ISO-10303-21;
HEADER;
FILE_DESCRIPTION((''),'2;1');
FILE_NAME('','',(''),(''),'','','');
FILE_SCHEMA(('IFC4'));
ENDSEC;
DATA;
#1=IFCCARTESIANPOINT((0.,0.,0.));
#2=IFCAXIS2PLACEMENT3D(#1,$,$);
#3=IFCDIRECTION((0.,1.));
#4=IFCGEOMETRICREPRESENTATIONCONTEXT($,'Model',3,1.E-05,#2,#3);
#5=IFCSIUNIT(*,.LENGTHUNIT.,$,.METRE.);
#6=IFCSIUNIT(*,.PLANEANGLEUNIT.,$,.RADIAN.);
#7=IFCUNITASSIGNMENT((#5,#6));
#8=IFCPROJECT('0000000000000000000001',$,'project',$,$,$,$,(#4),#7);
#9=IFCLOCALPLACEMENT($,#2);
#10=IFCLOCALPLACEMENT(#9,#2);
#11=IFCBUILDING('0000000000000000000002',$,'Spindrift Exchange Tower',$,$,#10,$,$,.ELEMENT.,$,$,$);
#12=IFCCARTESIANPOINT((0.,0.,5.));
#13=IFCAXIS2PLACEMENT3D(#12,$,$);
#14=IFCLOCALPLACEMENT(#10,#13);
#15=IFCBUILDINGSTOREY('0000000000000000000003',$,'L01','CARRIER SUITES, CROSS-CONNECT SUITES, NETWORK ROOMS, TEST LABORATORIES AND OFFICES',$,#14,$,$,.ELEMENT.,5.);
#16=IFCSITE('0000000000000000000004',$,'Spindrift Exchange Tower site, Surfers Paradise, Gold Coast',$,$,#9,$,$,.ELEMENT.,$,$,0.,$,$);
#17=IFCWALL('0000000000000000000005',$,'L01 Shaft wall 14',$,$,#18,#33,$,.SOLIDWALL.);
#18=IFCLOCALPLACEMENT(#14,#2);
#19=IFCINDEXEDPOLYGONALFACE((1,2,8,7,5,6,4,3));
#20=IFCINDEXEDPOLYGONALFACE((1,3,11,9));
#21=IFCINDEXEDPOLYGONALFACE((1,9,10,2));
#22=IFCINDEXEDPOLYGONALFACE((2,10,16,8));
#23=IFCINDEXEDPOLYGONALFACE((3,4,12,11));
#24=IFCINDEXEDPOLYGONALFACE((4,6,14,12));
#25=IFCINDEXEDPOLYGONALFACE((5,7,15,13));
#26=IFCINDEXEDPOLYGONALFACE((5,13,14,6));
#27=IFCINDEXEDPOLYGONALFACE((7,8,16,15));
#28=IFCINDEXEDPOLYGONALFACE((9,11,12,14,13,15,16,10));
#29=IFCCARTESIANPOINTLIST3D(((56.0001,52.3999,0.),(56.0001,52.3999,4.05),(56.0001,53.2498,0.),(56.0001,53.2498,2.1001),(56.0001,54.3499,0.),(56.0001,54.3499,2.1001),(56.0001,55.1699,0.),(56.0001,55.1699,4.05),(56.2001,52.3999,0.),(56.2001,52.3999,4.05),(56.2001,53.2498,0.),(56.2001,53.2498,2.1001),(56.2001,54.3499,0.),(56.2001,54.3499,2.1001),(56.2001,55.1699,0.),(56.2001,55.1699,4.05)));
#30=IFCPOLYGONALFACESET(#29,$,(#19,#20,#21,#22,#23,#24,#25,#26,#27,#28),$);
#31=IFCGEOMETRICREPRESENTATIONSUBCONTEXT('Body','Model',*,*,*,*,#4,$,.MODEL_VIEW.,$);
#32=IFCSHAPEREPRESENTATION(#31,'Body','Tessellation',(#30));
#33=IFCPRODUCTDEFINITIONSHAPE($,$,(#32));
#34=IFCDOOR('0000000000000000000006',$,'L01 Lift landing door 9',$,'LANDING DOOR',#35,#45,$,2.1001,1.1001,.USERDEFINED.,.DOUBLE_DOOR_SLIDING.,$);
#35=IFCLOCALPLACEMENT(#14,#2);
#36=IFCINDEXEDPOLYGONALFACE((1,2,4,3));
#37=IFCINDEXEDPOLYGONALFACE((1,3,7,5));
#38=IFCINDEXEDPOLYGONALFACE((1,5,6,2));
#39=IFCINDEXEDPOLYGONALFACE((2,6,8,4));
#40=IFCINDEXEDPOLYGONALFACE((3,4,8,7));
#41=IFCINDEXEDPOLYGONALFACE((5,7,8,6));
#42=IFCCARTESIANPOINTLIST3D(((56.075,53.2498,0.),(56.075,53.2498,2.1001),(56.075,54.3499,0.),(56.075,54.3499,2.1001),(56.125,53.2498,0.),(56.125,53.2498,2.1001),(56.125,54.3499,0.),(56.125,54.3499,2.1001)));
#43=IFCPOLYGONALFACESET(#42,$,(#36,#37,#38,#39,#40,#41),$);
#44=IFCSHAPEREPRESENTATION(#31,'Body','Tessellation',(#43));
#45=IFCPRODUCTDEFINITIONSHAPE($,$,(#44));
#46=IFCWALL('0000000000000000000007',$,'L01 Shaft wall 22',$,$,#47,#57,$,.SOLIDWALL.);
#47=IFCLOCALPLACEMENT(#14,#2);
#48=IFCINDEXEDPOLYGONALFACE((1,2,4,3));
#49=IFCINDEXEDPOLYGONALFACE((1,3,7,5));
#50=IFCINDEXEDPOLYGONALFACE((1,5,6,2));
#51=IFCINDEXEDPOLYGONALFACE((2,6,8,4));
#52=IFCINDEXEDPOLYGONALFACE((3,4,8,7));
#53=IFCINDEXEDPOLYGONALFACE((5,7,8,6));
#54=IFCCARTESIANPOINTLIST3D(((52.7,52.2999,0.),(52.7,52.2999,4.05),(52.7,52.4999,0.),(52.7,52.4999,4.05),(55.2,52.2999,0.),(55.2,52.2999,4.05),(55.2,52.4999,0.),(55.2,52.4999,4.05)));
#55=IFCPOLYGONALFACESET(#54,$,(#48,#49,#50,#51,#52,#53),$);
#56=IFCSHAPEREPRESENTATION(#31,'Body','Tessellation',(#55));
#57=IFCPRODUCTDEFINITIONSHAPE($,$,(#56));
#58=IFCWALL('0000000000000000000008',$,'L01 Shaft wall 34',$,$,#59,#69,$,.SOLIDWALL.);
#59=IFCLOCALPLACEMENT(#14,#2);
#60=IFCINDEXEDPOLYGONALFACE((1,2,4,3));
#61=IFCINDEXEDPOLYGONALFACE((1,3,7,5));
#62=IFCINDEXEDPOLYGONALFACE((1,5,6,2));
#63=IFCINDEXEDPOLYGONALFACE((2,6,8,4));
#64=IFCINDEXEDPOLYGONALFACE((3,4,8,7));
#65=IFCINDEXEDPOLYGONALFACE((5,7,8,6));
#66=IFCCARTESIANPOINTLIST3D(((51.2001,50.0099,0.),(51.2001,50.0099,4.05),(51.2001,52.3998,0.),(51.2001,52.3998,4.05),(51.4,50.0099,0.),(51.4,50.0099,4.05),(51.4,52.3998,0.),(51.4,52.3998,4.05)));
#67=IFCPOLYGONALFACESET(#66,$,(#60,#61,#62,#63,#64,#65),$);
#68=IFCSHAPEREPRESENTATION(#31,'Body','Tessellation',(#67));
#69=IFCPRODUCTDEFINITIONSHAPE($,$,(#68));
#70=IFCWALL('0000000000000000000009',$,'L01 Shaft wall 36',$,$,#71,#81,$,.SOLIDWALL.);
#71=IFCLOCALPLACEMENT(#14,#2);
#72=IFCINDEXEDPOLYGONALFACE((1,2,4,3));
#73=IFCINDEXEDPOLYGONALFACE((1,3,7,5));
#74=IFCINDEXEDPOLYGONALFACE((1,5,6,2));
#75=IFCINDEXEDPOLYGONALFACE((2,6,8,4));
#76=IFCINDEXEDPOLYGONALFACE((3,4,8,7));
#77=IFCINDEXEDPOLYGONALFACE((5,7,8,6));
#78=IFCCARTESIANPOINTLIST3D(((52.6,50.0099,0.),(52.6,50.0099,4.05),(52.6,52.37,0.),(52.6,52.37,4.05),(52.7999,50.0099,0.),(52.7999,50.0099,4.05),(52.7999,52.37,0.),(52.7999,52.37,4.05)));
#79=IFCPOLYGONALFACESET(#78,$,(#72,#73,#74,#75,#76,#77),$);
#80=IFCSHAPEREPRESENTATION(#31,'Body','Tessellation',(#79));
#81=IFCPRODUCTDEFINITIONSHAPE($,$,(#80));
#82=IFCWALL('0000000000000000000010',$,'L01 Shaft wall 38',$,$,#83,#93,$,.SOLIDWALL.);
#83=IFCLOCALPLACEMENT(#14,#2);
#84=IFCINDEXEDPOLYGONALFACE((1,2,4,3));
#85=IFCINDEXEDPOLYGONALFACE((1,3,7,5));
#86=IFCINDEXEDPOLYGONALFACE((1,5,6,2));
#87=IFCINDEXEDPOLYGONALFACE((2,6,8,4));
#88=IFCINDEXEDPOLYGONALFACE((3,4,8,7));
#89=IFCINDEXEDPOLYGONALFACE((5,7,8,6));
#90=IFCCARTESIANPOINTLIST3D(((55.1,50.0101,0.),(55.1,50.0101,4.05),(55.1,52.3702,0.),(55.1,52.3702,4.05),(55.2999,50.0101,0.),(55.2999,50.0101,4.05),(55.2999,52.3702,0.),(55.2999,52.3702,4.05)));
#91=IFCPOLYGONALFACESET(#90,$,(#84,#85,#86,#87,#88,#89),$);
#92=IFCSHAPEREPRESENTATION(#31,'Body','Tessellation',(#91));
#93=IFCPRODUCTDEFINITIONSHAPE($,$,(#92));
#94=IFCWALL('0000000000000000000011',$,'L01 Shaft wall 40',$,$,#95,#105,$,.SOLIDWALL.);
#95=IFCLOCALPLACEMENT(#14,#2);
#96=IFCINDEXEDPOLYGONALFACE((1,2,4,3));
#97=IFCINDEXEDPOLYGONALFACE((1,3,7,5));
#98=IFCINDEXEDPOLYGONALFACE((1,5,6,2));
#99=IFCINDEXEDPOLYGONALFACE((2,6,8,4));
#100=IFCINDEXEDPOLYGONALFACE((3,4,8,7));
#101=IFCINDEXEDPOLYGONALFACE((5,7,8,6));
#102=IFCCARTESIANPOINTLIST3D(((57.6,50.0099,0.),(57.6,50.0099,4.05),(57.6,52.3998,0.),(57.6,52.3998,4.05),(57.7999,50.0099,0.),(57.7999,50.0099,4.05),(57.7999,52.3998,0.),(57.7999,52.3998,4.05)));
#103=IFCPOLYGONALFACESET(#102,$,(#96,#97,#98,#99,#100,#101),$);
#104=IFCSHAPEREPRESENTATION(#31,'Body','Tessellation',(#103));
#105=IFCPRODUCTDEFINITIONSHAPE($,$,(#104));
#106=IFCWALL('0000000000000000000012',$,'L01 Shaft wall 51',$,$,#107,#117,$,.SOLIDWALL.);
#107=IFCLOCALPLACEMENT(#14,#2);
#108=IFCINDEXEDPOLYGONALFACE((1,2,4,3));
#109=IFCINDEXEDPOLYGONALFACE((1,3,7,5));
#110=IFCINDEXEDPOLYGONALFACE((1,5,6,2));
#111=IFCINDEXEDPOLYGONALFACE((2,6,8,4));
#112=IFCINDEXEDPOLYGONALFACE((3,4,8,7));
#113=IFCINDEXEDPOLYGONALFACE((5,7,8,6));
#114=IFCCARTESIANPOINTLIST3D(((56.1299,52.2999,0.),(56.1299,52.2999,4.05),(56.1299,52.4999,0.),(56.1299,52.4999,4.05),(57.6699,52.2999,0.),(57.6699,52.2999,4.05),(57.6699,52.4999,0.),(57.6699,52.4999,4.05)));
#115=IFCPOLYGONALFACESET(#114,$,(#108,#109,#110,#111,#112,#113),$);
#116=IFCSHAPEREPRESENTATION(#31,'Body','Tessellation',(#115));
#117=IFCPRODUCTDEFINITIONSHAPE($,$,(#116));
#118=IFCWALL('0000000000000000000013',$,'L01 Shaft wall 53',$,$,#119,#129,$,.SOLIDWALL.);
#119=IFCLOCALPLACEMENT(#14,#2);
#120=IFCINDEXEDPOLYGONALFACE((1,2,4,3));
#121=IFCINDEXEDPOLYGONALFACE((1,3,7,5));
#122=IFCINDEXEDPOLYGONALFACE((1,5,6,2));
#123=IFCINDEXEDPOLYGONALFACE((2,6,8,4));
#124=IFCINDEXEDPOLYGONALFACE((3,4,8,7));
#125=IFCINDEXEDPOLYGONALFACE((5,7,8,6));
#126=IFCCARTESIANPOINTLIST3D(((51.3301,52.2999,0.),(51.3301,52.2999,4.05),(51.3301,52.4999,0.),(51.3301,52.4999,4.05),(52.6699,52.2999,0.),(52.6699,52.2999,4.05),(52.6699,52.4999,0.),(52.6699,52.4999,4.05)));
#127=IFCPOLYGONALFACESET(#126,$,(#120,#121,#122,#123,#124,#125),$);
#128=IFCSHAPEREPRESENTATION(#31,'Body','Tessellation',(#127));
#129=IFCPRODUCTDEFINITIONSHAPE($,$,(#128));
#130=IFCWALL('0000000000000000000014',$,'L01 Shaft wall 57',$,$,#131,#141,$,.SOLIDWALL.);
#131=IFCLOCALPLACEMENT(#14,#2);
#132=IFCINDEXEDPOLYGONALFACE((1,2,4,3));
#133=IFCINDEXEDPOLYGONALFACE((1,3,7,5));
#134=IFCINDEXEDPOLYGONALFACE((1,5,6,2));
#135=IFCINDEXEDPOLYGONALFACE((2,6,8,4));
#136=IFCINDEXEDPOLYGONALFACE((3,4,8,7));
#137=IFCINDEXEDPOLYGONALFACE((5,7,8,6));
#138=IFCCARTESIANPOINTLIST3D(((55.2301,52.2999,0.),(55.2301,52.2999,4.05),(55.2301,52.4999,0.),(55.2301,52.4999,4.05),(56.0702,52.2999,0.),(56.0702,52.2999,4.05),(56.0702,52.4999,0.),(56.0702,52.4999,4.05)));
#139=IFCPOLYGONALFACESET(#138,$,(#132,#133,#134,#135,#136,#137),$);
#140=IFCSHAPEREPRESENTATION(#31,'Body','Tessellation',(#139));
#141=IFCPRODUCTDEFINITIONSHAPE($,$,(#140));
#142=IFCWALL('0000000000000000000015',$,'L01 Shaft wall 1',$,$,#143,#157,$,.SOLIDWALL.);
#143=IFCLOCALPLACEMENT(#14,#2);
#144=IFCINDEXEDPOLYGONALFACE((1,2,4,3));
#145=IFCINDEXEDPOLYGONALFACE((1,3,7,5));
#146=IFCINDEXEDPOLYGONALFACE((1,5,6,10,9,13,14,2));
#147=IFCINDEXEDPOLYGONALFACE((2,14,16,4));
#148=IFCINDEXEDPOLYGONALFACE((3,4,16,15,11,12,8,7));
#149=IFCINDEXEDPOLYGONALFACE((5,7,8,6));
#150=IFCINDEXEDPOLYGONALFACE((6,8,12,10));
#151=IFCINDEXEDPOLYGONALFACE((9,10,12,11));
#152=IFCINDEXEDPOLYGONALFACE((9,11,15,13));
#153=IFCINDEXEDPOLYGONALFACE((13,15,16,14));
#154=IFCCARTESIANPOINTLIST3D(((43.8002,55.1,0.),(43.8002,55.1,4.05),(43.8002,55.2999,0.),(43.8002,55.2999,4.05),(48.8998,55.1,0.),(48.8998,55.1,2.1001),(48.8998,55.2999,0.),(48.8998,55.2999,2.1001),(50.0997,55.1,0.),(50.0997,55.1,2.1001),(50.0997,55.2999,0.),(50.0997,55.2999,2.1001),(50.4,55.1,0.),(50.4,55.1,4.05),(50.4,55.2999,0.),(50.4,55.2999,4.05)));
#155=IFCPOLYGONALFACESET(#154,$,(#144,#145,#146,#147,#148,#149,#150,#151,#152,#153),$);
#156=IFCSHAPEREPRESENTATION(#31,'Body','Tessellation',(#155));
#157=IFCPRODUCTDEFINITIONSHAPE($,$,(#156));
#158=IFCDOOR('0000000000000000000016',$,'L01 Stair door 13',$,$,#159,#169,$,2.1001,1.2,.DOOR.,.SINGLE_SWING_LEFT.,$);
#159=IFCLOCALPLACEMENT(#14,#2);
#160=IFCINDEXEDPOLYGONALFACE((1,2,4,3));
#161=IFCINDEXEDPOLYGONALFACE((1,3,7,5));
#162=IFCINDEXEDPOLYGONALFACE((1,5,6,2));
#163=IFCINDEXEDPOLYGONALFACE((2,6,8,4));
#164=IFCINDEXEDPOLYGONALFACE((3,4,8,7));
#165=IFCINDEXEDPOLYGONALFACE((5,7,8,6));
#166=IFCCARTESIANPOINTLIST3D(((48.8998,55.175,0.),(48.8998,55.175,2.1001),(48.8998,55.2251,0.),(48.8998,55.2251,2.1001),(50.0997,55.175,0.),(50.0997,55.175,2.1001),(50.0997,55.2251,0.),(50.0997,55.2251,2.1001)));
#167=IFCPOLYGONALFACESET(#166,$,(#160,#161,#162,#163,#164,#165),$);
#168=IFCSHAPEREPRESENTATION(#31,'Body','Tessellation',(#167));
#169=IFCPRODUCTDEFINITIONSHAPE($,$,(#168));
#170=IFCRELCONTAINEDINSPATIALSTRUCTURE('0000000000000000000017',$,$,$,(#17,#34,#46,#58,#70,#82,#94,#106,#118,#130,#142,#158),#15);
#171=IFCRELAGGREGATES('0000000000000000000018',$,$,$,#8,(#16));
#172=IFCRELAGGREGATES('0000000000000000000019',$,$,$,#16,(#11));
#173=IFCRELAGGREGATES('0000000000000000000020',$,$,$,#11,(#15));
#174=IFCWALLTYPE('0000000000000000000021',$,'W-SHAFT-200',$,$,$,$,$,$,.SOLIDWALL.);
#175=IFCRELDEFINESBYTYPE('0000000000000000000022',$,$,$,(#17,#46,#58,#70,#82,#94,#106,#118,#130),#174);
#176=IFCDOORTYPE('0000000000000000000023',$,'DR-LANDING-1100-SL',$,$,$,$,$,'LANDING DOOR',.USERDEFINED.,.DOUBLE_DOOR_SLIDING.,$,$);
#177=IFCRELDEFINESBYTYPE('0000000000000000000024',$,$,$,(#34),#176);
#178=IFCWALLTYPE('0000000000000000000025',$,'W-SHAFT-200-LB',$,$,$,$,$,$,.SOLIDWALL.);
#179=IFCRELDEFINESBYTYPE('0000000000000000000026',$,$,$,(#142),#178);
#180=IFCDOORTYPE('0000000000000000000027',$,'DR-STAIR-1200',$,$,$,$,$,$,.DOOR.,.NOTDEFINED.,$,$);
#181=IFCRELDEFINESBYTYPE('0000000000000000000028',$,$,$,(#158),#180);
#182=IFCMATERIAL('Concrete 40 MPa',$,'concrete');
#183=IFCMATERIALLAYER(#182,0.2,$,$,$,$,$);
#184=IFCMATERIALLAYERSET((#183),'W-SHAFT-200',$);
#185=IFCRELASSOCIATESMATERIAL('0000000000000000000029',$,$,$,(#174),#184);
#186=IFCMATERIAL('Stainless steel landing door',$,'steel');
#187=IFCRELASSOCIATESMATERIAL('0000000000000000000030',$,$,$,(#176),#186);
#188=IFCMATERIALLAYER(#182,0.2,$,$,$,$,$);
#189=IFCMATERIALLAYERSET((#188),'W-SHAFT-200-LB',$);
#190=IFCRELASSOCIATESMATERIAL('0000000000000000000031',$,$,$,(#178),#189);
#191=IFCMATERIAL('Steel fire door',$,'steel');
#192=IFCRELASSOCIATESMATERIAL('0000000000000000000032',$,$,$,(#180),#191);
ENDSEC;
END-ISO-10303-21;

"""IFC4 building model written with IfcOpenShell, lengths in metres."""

from ifc_helpers import new_model, si_unit, direction, frame, frame_2d, origin, place, context, subcontext, project, spatial, rectangle, extrude, source, transform, mapped, material, layer, layer_set, type_object, element, fill, save


model = new_model("IFC4")

# Units and contexts
model_context = context("Model", 3, precision=1e-05, world=origin(), true_north=direction((0.0, 1.0)))
body_context = subcontext(model_context, "Body", "Model", "MODEL_VIEW")
ifc_project = project(units=[si_unit("LENGTHUNIT", "METRE"), si_unit("PLANEANGLEUNIT", "RADIAN")], contexts=[model_context])

# Site, building, storey
site_placement = place(None, origin())
site = spatial("IfcSite", under=ifc_project, at=site_placement, Name="Spindrift Exchange Tower site, Surfers Paradise, Gold Coast", CompositionType="ELEMENT", RefElevation=0.0)
building_placement = place(site_placement, origin())
building = spatial("IfcBuilding", under=site, at=building_placement, Name="Spindrift Exchange Tower", CompositionType="ELEMENT")
storey_placement = place(building_placement, frame((0.0, 0.0, 5.0)))
storey = spatial("IfcBuildingStorey", under=building, at=storey_placement, Name="L01", Description="CARRIER SUITES, CROSS-CONNECT SUITES, NETWORK ROOMS, TEST LABORATORIES AND OFFICES", CompositionType="ELEMENT", Elevation=5.0)

# Wall, opening, door
ifc_material_1 = material(Name="Concrete 40 MPa", Category="concrete")
ifc_layer_1 = layer(ifc_material_1, 0.2)
ifc_layer_set_1 = layer_set([ifc_layer_1], Name="W-SHAFT-200")
wall_type_1 = type_object("IfcWallType", Name="W-SHAFT-200", PredefinedType="SOLIDWALL", material=ifc_layer_set_1)
wall_1_placement = place(storey_placement, frame((56.1001, 55.1699, 0.0), z_axis=(0.0, 0.0, 1.0), x_axis=(0.0, -1.0, 0.0)))
wall_1 = element("IfcWall", 1, at=wall_1_placement, inside=storey, type_object=wall_type_1, Name="L01 Shaft wall 14", PredefinedType="SOLIDWALL", context=body_context, shape_type="SweptSolid", body=[
    extrude(rectangle(XDim=2.77, YDim=0.2, at=frame_2d((1.385, 0.0))), origin(), (0.0, 0.0, 1.0), 4.05),
])
opening_1_placement = place(wall_1_placement, frame((0.8201, 0.0, 0.0)))
opening_1 = element("IfcOpeningElement", 2, at=opening_1_placement, cuts=wall_1, PredefinedType="OPENING", context=body_context, shape_type="SweptSolid", body=[
    extrude(rectangle(XDim=1.1001, YDim=2.1001, at=frame_2d((0.55, 1.05))), frame((0.0, 0.1099, 0.0), z_axis=(0.0, -1.0, 0.0), x_axis=(1.0, 0.0, 0.0)), (0.0, 0.0, 1.0), 0.22),
])
ifc_material_2 = material(Name="Stainless steel landing door", Category="steel")
door_type_1 = type_object("IfcDoorType", Name="DR-LANDING-1100-SL", ElementType="LANDING DOOR", OperationType="DOUBLE_DOOR_SLIDING", PredefinedType="USERDEFINED", material=ifc_material_2)
shared_shape_1 = source(origin(), body_context, "Body", "SweptSolid", [
    extrude(rectangle(XDim=1.1001, YDim=2.1001, at=frame_2d((0.55, 1.05))), frame((0.0, 0.0249, 0.0), z_axis=(0.0, -1.0, 0.0), x_axis=(1.0, 0.0, 0.0)), (0.0, 0.0, 1.0), 0.05),
])
door_1_placement = place(opening_1_placement, origin())
door_1 = element("IfcDoor", 3, at=door_1_placement, inside=storey, type_object=door_type_1, Name="L01 Lift landing door 9", ObjectType="LANDING DOOR", OperationType="DOUBLE_DOOR_SLIDING", OverallHeight=2.1001, OverallWidth=1.1001, PredefinedType="USERDEFINED", context=body_context, shape_type="MappedRepresentation", body=[
    mapped(shared_shape_1, transform((0.0, 0.0, 0.0), scale=1.0)),
])
fill(opening_1, door_1)

# Walls
wall_2_placement = place(storey_placement, frame((55.2, 52.3999, 0.0), z_axis=(0.0, 0.0, 1.0), x_axis=(-1.0, 0.0, 0.0)))
element("IfcWall", 4, at=wall_2_placement, inside=storey, type_object=wall_type_1, Name="L01 Shaft wall 22", PredefinedType="SOLIDWALL", context=body_context, shape_type="SweptSolid", body=[
    extrude(rectangle(XDim=2.5, YDim=0.2, at=frame_2d((1.25, 0.0))), origin(), (0.0, 0.0, 1.0), 4.05),
])
wall_3_placement = place(storey_placement, frame((51.3, 50.01, 0.0), z_axis=(0.0, 0.0, 1.0), x_axis=(0.0, 1.0, 0.0)))
element("IfcWall", 5, at=wall_3_placement, inside=storey, type_object=wall_type_1, Name="L01 Shaft wall 34", PredefinedType="SOLIDWALL", context=body_context, shape_type="SweptSolid", body=[
    extrude(rectangle(XDim=2.3899, YDim=0.2, at=frame_2d((1.1948, 0.0))), origin(), (0.0, 0.0, 1.0), 4.05),
])
for number, where, z_axis, x_axis, name in (
    (6, (52.7, 52.3701, 0.0), (0.0, 0.0, 1.0), (0.0, -1.0, 0.0), "L01 Shaft wall 36"),
    (7, (55.2, 50.01, 0.0), (0.0, 0.0, 1.0), (0.0, 1.0, 0.0), "L01 Shaft wall 38"),
):
    element("IfcWall", number, at=place(storey_placement, frame(where, z_axis=z_axis, x_axis=x_axis)), inside=storey, type_object=wall_type_1, Name=name, PredefinedType="SOLIDWALL", context=body_context, shape_type="SweptSolid", body=[
        extrude(rectangle(XDim=2.3601, YDim=0.2, at=frame_2d((1.1802, 0.0))), origin(), (0.0, 0.0, 1.0), 4.05),
    ])
wall_4_placement = place(storey_placement, frame((57.7, 50.01, 0.0), z_axis=(0.0, 0.0, 1.0), x_axis=(0.0, 1.0, 0.0)))
element("IfcWall", 8, at=wall_4_placement, inside=storey, type_object=wall_type_1, Name="L01 Shaft wall 40", PredefinedType="SOLIDWALL", context=body_context, shape_type="SweptSolid", body=[
    extrude(rectangle(XDim=2.3899, YDim=0.2, at=frame_2d((1.1948, 0.0))), origin(), (0.0, 0.0, 1.0), 4.05),
])
wall_5_placement = place(storey_placement, frame((57.6699, 52.3999, 0.0), z_axis=(0.0, 0.0, 1.0), x_axis=(-1.0, 0.0, 0.0)))
element("IfcWall", 9, at=wall_5_placement, inside=storey, type_object=wall_type_1, Name="L01 Shaft wall 51", PredefinedType="SOLIDWALL", context=body_context, shape_type="SweptSolid", body=[
    extrude(rectangle(XDim=1.54, YDim=0.2, at=frame_2d((0.77, 0.0))), origin(), (0.0, 0.0, 1.0), 4.05),
])
wall_6_placement = place(storey_placement, frame((51.3301, 52.3999, 0.0), z_axis=(0.0, 0.0, 1.0), x_axis=(1.0, 0.0, 0.0)))
element("IfcWall", 10, at=wall_6_placement, inside=storey, type_object=wall_type_1, Name="L01 Shaft wall 53", PredefinedType="SOLIDWALL", context=body_context, shape_type="SweptSolid", body=[
    extrude(rectangle(XDim=1.3398, YDim=0.2, at=frame_2d((0.6699, 0.0))), origin(), (0.0, 0.0, 1.0), 4.05),
])
wall_7_placement = place(storey_placement, frame((56.0701, 52.3999, 0.0), z_axis=(0.0, 0.0, 1.0), x_axis=(-1.0, 0.0, 0.0)))
element("IfcWall", 11, at=wall_7_placement, inside=storey, type_object=wall_type_1, Name="L01 Shaft wall 57", PredefinedType="SOLIDWALL", context=body_context, shape_type="SweptSolid", body=[
    extrude(rectangle(XDim=0.8401, YDim=0.2, at=frame_2d((0.4199, 0.0))), origin(), (0.0, 0.0, 1.0), 4.05),
])

# Wall, opening, door
ifc_layer_2 = layer(ifc_material_1, 0.2)
ifc_layer_set_2 = layer_set([ifc_layer_2], Name="W-SHAFT-200-LB")
wall_type_2 = type_object("IfcWallType", Name="W-SHAFT-200-LB", PredefinedType="SOLIDWALL", material=ifc_layer_set_2)
wall_8_placement = place(storey_placement, frame((50.3999, 55.2, 0.0), z_axis=(0.0, 0.0, 1.0), x_axis=(-1.0, 0.0, 0.0)))
wall_8 = element("IfcWall", 12, at=wall_8_placement, inside=storey, type_object=wall_type_2, Name="L01 Shaft wall 1", PredefinedType="SOLIDWALL", context=body_context, shape_type="SweptSolid", body=[
    extrude(rectangle(XDim=6.5999, YDim=0.2, at=frame_2d((3.2998, 0.0))), origin(), (0.0, 0.0, 1.0), 4.05),
])
opening_2_placement = place(wall_8_placement, frame((0.3, 0.0, 0.0)))
opening_2 = element("IfcOpeningElement", 13, at=opening_2_placement, cuts=wall_8, PredefinedType="OPENING", context=body_context, shape_type="SweptSolid", body=[
    extrude(rectangle(XDim=1.2, YDim=2.1001, at=frame_2d((0.6001, 1.05))), frame((0.0, 0.1099, 0.0), z_axis=(0.0, -1.0, 0.0), x_axis=(1.0, 0.0, 0.0)), (0.0, 0.0, 1.0), 0.22),
])
ifc_material_3 = material(Name="Steel fire door", Category="steel")
door_type_2 = type_object("IfcDoorType", Name="DR-STAIR-1200", OperationType="NOTDEFINED", PredefinedType="DOOR", material=ifc_material_3)
shared_shape_2 = source(origin(), body_context, "Body", "SweptSolid", [
    extrude(rectangle(XDim=1.2, YDim=2.1001, at=frame_2d((0.6001, 1.05))), frame((0.0, 0.0249, 0.0), z_axis=(0.0, -1.0, 0.0), x_axis=(1.0, 0.0, 0.0)), (0.0, 0.0, 1.0), 0.05),
])
door_2_placement = place(opening_2_placement, origin())
door_2 = element("IfcDoor", 14, at=door_2_placement, inside=storey, type_object=door_type_2, Name="L01 Stair door 13", OperationType="SINGLE_SWING_LEFT", OverallHeight=2.1001, OverallWidth=1.2, PredefinedType="DOOR", context=body_context, shape_type="MappedRepresentation", body=[
    mapped(shared_shape_2, transform((0.0, 0.0, 0.0), scale=1.0)),
])
fill(opening_2, door_2)

save(model, "model.ifc")
